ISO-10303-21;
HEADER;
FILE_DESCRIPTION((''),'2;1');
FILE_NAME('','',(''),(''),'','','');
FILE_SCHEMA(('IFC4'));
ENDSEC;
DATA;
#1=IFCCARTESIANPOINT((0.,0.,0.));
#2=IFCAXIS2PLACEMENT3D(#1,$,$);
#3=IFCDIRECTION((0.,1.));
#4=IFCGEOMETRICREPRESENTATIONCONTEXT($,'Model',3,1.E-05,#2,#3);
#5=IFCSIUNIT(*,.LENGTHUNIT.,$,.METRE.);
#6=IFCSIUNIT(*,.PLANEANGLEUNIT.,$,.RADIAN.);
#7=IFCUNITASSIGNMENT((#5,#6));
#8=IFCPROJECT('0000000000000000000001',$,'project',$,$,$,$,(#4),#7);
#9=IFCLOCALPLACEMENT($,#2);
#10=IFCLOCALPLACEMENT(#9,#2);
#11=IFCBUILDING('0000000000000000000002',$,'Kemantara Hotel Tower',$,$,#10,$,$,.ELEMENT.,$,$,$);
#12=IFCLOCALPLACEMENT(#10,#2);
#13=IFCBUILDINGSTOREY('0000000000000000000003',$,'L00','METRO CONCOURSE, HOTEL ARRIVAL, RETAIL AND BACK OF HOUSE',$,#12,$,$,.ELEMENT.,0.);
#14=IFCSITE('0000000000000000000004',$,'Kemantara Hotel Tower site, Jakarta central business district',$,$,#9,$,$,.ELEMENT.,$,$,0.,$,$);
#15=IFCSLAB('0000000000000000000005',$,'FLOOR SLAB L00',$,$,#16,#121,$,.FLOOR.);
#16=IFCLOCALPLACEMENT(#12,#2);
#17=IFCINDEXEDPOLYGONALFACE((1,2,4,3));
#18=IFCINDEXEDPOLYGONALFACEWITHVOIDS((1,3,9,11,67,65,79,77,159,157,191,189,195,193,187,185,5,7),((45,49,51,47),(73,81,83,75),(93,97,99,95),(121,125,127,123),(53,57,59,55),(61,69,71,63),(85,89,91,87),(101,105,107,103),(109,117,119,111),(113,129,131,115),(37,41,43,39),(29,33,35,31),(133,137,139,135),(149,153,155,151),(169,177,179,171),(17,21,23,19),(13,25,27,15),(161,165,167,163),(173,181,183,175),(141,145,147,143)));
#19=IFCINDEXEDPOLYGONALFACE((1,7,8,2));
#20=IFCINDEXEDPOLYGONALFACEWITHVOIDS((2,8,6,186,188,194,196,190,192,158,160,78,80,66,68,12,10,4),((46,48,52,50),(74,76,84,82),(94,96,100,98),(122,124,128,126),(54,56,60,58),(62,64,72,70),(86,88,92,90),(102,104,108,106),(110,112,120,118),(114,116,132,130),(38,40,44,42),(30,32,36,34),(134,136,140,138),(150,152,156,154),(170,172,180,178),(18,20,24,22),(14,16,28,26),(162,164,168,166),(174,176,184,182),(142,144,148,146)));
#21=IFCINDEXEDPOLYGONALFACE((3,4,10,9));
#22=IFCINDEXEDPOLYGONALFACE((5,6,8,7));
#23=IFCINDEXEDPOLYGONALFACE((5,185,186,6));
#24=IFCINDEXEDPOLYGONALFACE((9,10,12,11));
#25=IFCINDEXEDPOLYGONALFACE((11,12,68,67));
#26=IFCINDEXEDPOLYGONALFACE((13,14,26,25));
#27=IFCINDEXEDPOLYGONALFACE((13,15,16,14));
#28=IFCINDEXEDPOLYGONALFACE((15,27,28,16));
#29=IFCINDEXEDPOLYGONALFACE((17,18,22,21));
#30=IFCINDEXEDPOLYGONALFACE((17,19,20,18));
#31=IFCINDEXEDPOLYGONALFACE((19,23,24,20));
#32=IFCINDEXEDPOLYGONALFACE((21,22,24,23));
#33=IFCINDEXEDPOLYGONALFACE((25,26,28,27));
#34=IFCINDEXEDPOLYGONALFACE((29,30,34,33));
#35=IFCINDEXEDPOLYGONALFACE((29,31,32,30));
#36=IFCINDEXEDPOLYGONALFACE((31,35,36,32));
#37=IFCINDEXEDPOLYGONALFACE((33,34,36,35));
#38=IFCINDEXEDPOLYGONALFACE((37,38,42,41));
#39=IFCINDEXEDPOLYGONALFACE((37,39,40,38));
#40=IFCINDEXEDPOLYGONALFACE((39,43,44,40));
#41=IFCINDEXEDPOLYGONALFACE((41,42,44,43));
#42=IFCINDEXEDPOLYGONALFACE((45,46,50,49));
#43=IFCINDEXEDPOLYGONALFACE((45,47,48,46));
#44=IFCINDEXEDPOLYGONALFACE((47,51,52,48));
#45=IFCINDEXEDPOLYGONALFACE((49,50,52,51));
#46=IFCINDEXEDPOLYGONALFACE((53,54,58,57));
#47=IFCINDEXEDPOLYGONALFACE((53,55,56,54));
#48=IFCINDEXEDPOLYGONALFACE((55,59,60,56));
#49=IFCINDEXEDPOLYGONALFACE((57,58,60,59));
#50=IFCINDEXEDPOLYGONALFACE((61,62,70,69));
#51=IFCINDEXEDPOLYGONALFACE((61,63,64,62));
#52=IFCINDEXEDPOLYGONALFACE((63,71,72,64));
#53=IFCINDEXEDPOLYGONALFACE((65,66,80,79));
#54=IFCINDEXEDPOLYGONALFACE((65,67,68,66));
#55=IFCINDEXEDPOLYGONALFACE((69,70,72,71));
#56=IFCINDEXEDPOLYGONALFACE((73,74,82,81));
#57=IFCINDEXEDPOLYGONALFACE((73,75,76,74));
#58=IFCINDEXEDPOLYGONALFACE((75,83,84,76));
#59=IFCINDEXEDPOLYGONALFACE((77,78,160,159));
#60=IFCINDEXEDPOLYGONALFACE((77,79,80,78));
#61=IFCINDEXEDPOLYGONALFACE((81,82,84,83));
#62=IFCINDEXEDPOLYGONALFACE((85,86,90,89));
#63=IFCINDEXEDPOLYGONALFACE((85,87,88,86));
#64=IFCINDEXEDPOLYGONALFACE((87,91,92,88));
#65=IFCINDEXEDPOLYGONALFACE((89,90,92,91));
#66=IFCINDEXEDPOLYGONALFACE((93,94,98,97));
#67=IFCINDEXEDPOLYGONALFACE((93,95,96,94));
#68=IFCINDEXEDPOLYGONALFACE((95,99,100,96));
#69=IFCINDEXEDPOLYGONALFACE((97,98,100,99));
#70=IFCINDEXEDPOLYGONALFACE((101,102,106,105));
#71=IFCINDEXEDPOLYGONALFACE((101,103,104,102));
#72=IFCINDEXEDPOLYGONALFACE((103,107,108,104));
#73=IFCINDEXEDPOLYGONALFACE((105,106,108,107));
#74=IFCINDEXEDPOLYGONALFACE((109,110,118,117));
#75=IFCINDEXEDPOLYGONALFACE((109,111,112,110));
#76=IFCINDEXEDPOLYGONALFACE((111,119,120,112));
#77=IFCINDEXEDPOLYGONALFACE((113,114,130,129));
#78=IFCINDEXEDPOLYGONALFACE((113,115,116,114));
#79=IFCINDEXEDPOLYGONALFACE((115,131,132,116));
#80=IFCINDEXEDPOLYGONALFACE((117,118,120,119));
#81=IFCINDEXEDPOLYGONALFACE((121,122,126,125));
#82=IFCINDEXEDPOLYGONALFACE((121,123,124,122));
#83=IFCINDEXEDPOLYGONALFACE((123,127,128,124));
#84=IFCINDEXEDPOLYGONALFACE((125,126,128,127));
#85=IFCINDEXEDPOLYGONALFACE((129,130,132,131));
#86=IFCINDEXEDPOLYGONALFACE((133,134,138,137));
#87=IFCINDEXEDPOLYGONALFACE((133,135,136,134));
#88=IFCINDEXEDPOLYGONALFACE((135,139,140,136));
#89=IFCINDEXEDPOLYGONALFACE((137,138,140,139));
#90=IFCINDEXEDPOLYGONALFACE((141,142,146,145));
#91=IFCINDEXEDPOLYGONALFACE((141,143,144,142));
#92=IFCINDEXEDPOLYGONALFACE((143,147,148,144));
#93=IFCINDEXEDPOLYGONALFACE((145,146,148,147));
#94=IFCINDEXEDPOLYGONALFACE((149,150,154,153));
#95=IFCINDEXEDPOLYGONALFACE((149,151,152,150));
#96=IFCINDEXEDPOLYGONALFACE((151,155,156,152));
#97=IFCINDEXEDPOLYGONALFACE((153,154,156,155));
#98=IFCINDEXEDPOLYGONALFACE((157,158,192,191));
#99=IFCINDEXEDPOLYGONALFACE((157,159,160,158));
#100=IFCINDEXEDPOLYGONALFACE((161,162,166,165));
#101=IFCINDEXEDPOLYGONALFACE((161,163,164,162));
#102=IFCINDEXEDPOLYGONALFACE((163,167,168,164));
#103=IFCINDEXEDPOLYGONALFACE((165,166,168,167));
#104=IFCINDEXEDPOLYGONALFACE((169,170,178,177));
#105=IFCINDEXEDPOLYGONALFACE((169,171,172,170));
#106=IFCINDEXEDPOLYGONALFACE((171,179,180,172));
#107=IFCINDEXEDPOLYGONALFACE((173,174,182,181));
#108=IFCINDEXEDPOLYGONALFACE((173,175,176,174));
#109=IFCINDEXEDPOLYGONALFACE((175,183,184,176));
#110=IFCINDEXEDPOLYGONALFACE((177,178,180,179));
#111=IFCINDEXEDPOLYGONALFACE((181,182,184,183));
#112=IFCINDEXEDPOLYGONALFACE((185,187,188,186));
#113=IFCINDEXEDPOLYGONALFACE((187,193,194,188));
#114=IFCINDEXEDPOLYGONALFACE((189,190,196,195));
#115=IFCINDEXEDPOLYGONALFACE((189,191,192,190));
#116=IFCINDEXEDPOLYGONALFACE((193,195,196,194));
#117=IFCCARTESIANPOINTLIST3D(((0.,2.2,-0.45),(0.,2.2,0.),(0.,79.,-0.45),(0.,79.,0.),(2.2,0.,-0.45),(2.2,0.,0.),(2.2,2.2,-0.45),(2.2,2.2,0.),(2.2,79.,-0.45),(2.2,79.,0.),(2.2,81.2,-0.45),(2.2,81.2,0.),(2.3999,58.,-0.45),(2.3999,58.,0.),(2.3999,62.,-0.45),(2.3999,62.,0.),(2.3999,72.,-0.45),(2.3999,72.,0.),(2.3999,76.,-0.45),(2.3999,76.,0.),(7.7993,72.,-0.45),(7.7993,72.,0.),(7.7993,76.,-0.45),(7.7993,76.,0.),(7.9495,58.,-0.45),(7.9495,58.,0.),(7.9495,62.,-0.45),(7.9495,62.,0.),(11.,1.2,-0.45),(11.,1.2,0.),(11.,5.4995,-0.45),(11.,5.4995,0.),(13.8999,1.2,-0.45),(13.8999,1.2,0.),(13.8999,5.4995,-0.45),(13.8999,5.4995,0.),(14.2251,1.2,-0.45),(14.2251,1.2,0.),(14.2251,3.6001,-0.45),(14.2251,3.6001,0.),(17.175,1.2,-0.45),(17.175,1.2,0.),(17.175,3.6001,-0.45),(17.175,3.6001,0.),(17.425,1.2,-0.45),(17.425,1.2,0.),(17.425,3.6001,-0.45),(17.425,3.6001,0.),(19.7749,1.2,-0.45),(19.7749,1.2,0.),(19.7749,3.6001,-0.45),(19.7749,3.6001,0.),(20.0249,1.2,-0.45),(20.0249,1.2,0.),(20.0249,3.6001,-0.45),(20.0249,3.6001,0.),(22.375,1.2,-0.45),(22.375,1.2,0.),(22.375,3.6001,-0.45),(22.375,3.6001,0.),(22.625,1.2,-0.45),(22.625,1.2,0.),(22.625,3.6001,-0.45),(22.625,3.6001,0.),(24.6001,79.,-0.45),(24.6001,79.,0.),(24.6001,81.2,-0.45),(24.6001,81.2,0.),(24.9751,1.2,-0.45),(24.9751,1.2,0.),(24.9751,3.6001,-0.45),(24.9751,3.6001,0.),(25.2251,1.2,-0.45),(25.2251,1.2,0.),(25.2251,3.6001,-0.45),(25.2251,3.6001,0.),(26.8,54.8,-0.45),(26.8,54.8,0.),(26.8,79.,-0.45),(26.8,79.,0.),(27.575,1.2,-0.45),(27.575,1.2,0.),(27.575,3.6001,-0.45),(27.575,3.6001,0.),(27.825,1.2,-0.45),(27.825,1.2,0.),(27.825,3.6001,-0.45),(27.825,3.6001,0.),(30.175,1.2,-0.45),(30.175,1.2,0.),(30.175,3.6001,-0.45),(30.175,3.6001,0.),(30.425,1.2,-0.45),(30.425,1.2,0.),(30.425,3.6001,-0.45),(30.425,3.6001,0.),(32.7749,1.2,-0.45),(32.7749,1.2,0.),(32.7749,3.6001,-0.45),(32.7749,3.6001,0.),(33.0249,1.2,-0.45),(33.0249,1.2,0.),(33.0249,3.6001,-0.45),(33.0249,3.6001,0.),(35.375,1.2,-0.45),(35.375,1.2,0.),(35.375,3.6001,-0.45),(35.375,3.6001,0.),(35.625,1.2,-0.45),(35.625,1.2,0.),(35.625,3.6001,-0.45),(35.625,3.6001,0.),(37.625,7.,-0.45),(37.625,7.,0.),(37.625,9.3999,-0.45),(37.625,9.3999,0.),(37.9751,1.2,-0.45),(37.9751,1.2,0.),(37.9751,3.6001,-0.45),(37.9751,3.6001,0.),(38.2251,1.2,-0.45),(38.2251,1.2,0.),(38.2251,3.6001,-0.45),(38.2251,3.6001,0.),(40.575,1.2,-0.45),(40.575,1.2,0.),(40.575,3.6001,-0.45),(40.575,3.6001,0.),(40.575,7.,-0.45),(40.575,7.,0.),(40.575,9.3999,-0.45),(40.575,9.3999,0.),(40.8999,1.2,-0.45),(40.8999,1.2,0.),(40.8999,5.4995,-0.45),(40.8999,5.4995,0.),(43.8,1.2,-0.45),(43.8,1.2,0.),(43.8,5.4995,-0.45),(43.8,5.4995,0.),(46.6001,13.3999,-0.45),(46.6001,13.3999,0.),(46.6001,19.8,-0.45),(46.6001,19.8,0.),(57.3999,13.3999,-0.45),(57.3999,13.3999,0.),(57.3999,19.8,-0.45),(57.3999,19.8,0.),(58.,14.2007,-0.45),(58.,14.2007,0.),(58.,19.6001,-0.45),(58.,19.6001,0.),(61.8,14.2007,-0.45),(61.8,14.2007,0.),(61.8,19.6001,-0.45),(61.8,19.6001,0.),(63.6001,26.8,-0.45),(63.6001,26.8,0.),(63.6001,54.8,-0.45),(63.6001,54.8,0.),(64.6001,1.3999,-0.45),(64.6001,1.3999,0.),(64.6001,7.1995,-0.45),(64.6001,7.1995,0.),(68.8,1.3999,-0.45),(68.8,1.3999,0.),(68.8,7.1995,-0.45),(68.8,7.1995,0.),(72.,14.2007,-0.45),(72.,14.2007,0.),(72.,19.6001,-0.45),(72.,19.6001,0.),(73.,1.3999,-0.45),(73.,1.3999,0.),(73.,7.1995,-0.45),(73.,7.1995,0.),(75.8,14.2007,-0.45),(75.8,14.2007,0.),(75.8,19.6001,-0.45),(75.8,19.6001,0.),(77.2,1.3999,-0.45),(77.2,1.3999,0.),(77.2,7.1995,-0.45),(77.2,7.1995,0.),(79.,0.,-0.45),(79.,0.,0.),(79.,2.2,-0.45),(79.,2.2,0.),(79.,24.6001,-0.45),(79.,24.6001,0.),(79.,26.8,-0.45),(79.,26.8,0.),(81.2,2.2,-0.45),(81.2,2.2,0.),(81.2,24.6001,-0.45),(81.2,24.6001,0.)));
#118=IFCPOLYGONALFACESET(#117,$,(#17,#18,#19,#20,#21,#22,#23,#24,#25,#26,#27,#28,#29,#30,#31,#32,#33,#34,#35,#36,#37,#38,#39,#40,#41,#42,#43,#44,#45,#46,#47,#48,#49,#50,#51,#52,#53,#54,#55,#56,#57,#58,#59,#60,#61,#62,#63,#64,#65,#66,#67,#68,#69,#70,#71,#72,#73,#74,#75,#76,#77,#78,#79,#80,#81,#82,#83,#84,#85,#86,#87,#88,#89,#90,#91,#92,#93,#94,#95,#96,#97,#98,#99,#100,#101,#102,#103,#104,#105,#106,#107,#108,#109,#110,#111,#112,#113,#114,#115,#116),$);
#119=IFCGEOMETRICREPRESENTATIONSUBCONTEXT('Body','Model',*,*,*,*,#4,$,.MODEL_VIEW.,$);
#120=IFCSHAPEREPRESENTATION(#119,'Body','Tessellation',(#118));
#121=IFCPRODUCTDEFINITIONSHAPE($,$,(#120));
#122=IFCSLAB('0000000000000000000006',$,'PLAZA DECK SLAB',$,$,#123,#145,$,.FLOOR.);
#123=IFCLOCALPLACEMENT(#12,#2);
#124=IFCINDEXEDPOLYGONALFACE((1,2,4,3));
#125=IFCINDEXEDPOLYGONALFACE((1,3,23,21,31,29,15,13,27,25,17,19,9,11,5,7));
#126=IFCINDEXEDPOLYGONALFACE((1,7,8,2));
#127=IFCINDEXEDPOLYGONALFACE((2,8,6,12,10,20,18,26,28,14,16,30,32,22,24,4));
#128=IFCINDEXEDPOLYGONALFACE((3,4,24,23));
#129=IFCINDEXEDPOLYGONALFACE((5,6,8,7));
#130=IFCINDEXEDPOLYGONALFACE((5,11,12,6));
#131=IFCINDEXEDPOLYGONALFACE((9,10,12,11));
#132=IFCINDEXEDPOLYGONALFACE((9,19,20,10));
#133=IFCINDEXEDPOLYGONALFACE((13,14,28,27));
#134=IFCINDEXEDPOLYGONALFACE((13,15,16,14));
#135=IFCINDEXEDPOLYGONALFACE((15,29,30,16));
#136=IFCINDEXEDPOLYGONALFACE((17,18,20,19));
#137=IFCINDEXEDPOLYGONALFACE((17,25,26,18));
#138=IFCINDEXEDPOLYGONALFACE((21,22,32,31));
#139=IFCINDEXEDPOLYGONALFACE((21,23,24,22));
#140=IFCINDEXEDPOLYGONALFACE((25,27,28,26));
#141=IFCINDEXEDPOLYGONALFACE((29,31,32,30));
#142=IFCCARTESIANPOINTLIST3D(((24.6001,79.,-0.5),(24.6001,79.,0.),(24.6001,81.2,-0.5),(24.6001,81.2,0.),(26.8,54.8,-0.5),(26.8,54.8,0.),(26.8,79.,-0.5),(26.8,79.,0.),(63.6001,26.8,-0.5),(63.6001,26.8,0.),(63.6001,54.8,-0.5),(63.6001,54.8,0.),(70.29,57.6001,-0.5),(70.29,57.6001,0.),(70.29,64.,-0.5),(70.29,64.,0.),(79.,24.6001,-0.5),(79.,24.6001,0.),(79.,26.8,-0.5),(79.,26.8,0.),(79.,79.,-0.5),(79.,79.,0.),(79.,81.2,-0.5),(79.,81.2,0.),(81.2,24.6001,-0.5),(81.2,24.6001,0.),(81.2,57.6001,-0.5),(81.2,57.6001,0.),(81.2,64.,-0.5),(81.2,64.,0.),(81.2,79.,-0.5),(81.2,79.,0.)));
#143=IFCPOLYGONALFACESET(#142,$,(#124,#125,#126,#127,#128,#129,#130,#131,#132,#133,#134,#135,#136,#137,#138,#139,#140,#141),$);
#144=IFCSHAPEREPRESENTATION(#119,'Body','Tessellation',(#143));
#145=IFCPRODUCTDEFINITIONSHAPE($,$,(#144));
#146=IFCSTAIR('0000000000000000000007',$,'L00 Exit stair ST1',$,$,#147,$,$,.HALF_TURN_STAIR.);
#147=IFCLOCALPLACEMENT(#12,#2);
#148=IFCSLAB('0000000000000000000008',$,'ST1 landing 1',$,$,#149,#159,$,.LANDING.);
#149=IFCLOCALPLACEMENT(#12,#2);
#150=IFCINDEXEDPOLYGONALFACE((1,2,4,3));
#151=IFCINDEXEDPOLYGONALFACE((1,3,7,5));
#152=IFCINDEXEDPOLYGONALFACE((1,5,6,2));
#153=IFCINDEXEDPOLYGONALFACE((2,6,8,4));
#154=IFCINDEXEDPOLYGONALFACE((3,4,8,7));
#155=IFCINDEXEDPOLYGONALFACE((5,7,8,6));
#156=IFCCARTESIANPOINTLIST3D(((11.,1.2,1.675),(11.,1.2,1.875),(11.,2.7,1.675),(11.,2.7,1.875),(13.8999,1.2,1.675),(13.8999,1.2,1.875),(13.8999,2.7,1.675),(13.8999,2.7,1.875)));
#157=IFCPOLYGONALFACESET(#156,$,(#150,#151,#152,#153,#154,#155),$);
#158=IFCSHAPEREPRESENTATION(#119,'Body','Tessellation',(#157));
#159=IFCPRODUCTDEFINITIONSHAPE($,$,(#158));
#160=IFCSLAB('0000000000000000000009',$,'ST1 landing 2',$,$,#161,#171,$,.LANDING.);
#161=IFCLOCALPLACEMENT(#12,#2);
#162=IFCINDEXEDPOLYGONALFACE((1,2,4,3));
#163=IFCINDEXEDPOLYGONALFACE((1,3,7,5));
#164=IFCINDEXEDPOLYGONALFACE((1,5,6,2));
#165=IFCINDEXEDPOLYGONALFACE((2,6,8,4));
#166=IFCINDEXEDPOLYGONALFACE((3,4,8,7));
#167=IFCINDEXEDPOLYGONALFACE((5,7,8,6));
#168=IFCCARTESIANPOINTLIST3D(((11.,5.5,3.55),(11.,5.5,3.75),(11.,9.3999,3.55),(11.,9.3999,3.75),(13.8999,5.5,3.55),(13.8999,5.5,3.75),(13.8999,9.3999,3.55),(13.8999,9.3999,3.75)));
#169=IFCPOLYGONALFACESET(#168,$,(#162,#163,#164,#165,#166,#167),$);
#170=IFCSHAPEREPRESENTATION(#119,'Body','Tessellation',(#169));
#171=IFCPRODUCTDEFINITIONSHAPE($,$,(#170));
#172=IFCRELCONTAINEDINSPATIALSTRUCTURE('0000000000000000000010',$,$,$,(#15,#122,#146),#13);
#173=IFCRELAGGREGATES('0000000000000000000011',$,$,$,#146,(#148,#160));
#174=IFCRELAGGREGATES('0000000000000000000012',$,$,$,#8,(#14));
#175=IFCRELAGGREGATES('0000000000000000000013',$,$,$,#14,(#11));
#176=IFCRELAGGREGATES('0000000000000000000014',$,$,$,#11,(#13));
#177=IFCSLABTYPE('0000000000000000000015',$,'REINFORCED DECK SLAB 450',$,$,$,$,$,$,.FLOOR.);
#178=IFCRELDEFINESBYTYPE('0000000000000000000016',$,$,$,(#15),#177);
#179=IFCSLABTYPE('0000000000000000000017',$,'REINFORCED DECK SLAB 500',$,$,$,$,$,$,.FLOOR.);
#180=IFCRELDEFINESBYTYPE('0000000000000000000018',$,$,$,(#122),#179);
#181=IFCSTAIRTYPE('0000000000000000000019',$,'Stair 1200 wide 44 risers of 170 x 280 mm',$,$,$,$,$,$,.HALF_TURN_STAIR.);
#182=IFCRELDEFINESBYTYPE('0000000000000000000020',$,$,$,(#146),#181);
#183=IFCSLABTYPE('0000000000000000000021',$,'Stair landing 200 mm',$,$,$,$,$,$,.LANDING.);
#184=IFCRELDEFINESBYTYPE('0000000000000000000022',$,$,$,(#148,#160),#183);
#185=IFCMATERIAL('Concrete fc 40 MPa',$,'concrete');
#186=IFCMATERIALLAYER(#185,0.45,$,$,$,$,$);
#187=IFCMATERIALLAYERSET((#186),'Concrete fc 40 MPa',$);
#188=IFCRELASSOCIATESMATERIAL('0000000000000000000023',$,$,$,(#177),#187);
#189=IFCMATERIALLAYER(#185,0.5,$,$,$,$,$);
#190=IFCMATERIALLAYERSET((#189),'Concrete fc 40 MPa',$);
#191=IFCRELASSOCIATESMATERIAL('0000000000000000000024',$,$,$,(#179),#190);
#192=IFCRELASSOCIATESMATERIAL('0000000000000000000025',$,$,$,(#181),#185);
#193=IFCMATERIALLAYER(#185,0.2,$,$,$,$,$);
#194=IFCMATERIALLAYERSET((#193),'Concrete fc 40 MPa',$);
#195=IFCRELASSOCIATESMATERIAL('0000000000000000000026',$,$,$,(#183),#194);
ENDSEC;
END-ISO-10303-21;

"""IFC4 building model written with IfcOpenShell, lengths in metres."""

from ifc_helpers import new_model, si_unit, direction, frame, origin, place, context, subcontext, project, spatial, polyline, outline, extrude, material, layer, layer_set, type_object, element, aggregate, save


model = new_model("IFC4")

# Units and contexts
model_context = context("Model", 3, precision=1e-05, world=origin(), true_north=direction((0.0, 1.0)))
body_context = subcontext(model_context, "Body", "Model", "MODEL_VIEW")
ifc_project = project(units=[si_unit("LENGTHUNIT", "METRE"), si_unit("PLANEANGLEUNIT", "RADIAN")], contexts=[model_context])

# Site, building, storey
site_placement = place(None, origin())
site = spatial("IfcSite", under=ifc_project, at=site_placement, Name="Kemantara Hotel Tower site, Jakarta central business district", CompositionType="ELEMENT", RefElevation=0.0)
building_placement = place(site_placement, origin())
building = spatial("IfcBuilding", under=site, at=building_placement, Name="Kemantara Hotel Tower", CompositionType="ELEMENT")
storey_placement = place(building_placement, origin())
storey = spatial("IfcBuildingStorey", under=building, at=storey_placement, Name="L00", Description="METRO CONCOURSE, HOTEL ARRIVAL, RETAIL AND BACK OF HOUSE", CompositionType="ELEMENT", Elevation=0.0)

# Slabs
ifc_material_1 = material(Name="Concrete fc 40 MPa", Category="concrete")
ifc_layer_1 = layer(ifc_material_1, 0.45)
ifc_layer_set_1 = layer_set([ifc_layer_1], Name="Concrete fc 40 MPa")
slab_type_1 = type_object("IfcSlabType", Name="REINFORCED DECK SLAB 450", PredefinedType="FLOOR", material=ifc_layer_set_1)
slab_1_placement = place(storey_placement, frame((0.0, 0.0, -0.45)))
element("IfcSlab", 1, at=slab_1_placement, inside=storey, type_object=slab_type_1, Name="FLOOR SLAB L00", PredefinedType="FLOOR", context=body_context, shape_type="SweptSolid", body=[
    extrude(outline(polyline([(0.0, 2.2), (2.2, 2.2), (2.2, 0.0), (79.0, 0.0), (79.0, 2.2), (81.2, 2.2), (81.2, 24.6001), (79.0, 24.6001), (79.0, 26.8), (63.6001, 26.8), (63.6001, 54.8), (26.8, 54.8), (26.8, 79.0), (24.6001, 79.0), (24.6001, 81.2), (2.2, 81.2), (2.2, 79.0), (0.0, 79.0), (0.0, 2.2)]), holes=[polyline([(17.175, 1.2), (14.2251, 1.2), (14.2251, 3.6001), (17.175, 3.6001), (17.175, 1.2)]), polyline([(19.7749, 1.2), (17.425, 1.2), (17.425, 3.6001), (19.7749, 3.6001), (19.7749, 1.2)]), polyline([(22.375, 1.2), (20.0249, 1.2), (20.0249, 3.6001), (22.375, 3.6001), (22.375, 1.2)]), polyline([(22.625, 1.2), (22.625, 3.6001), (24.9751, 3.6001), (24.9751, 1.2), (22.625, 1.2)]), polyline([(25.2251, 1.2), (25.2251, 3.6001), (27.575, 3.6001), (27.575, 1.2), (25.2251, 1.2)]), polyline([(30.175, 1.2), (27.825, 1.2), (27.825, 3.6001), (30.175, 3.6001), (30.175, 1.2)]), polyline([(32.7749, 1.2), (30.425, 1.2), (30.425, 3.6001), (32.7749, 3.6001), (32.7749, 1.2)]), polyline([(11.0, 1.2), (11.0, 5.4995), (13.8999, 5.4995), (13.8999, 1.2), (11.0, 1.2)]), polyline([(7.9495, 62.0), (7.9495, 58.0), (2.3999, 58.0), (2.3999, 62.0), (7.9495, 62.0)]), polyline([(7.7993, 76.0), (7.7993, 72.0), (2.3999, 72.0), (2.3999, 76.0), (7.7993, 76.0)]), polyline([(35.375, 1.2), (33.0249, 1.2), (33.0249, 3.6001), (35.375, 3.6001), (35.375, 1.2)]), polyline([(37.9751, 1.2), (35.625, 1.2), (35.625, 3.6001), (37.9751, 3.6001), (37.9751, 1.2)]), polyline([(40.575, 1.2), (38.2251, 1.2), (38.2251, 3.6001), (40.575, 3.6001), (40.575, 1.2)]), polyline([(40.8999, 5.4995), (43.8, 5.4995), (43.8, 1.2), (40.8999, 1.2), (40.8999, 5.4995)]), polyline([(64.6001, 7.1995), (68.8, 7.1995), (68.8, 1.3999), (64.6001, 1.3999), (64.6001, 7.1995)]), polyline([(73.0, 1.3999), (73.0, 7.1995), (77.2, 7.1995), (77.2, 1.3999), (73.0, 1.3999)]), polyline([(40.575, 7.0), (37.625, 7.0), (37.625, 9.3999), (40.575, 9.3999), (40.575, 7.0)]), polyline([(57.3999, 13.3999), (46.6001, 13.3999), (46.6001, 19.8), (57.3999, 19.8), (57.3999, 13.3999)]), polyline([(61.8, 14.2007), (58.0, 14.2007), (58.0, 19.6001), (61.8, 19.6001), (61.8, 14.2007)]), polyline([(75.8, 14.2007), (72.0, 14.2007), (72.0, 19.6001), (75.8, 19.6001), (75.8, 14.2007)])]), origin(), (0.0, 0.0, 1.0), 0.45),
])
ifc_layer_2 = layer(ifc_material_1, 0.5)
ifc_layer_set_2 = layer_set([ifc_layer_2], Name="Concrete fc 40 MPa")
slab_type_2 = type_object("IfcSlabType", Name="REINFORCED DECK SLAB 500", PredefinedType="FLOOR", material=ifc_layer_set_2)
slab_2_placement = place(storey_placement, frame((0.0, 0.0, -0.5)))
element("IfcSlab", 2, at=slab_2_placement, inside=storey, type_object=slab_type_2, Name="PLAZA DECK SLAB", PredefinedType="FLOOR", context=body_context, shape_type="SweptSolid", body=[
    extrude(outline(polyline([(81.2, 24.6001), (81.2, 57.6001), (70.29, 57.6001), (70.29, 64.0), (81.2, 64.0), (81.2, 79.0), (79.0, 79.0), (79.0, 81.2), (24.6001, 81.2), (24.6001, 79.0), (26.8, 79.0), (26.8, 54.8), (63.6001, 54.8), (63.6001, 26.8), (79.0, 26.8), (79.0, 24.6001), (81.2, 24.6001)])), origin(), (0.0, 0.0, 1.0), 0.5),
])

# Stair, slabs
stair_type_1 = type_object("IfcStairType", Name="Stair 1200 wide 44 risers of 170 x 280 mm", PredefinedType="HALF_TURN_STAIR", material=ifc_material_1)
stair_1_placement = place(storey_placement, origin())
stair_1 = element("IfcStair", 3, at=stair_1_placement, inside=storey, type_object=stair_type_1, Name="L00 Exit stair ST1", PredefinedType="HALF_TURN_STAIR")
ifc_layer_3 = layer(ifc_material_1, 0.2)
ifc_layer_set_3 = layer_set([ifc_layer_3], Name="Concrete fc 40 MPa")
slab_type_3 = type_object("IfcSlabType", Name="Stair landing 200 mm", PredefinedType="LANDING", material=ifc_layer_set_3)
slab_3_placement = place(storey_placement, frame((0.0, 0.0, 1.675)))
slab_3 = element("IfcSlab", 4, at=slab_3_placement, type_object=slab_type_3, Name="ST1 landing 1", PredefinedType="LANDING", context=body_context, shape_type="SweptSolid", body=[
    extrude(outline(polyline([(11.0, 2.7), (11.0, 1.2), (13.8999, 1.2), (13.8999, 2.7), (11.0, 2.7)])), origin(), (0.0, 0.0, 1.0), 0.2),
])
slab_4_placement = place(storey_placement, frame((0.0, 0.0, 3.55)))
slab_4 = element("IfcSlab", 5, at=slab_4_placement, type_object=slab_type_3, Name="ST1 landing 2", PredefinedType="LANDING", context=body_context, shape_type="SweptSolid", body=[
    extrude(outline(polyline([(11.0, 9.3999), (11.0, 5.5), (13.8999, 5.5), (13.8999, 9.3999), (11.0, 9.3999)])), origin(), (0.0, 0.0, 1.0), 0.2),
])
aggregate(stair_1, [slab_3, slab_4])

save(model, "model.ifc")
